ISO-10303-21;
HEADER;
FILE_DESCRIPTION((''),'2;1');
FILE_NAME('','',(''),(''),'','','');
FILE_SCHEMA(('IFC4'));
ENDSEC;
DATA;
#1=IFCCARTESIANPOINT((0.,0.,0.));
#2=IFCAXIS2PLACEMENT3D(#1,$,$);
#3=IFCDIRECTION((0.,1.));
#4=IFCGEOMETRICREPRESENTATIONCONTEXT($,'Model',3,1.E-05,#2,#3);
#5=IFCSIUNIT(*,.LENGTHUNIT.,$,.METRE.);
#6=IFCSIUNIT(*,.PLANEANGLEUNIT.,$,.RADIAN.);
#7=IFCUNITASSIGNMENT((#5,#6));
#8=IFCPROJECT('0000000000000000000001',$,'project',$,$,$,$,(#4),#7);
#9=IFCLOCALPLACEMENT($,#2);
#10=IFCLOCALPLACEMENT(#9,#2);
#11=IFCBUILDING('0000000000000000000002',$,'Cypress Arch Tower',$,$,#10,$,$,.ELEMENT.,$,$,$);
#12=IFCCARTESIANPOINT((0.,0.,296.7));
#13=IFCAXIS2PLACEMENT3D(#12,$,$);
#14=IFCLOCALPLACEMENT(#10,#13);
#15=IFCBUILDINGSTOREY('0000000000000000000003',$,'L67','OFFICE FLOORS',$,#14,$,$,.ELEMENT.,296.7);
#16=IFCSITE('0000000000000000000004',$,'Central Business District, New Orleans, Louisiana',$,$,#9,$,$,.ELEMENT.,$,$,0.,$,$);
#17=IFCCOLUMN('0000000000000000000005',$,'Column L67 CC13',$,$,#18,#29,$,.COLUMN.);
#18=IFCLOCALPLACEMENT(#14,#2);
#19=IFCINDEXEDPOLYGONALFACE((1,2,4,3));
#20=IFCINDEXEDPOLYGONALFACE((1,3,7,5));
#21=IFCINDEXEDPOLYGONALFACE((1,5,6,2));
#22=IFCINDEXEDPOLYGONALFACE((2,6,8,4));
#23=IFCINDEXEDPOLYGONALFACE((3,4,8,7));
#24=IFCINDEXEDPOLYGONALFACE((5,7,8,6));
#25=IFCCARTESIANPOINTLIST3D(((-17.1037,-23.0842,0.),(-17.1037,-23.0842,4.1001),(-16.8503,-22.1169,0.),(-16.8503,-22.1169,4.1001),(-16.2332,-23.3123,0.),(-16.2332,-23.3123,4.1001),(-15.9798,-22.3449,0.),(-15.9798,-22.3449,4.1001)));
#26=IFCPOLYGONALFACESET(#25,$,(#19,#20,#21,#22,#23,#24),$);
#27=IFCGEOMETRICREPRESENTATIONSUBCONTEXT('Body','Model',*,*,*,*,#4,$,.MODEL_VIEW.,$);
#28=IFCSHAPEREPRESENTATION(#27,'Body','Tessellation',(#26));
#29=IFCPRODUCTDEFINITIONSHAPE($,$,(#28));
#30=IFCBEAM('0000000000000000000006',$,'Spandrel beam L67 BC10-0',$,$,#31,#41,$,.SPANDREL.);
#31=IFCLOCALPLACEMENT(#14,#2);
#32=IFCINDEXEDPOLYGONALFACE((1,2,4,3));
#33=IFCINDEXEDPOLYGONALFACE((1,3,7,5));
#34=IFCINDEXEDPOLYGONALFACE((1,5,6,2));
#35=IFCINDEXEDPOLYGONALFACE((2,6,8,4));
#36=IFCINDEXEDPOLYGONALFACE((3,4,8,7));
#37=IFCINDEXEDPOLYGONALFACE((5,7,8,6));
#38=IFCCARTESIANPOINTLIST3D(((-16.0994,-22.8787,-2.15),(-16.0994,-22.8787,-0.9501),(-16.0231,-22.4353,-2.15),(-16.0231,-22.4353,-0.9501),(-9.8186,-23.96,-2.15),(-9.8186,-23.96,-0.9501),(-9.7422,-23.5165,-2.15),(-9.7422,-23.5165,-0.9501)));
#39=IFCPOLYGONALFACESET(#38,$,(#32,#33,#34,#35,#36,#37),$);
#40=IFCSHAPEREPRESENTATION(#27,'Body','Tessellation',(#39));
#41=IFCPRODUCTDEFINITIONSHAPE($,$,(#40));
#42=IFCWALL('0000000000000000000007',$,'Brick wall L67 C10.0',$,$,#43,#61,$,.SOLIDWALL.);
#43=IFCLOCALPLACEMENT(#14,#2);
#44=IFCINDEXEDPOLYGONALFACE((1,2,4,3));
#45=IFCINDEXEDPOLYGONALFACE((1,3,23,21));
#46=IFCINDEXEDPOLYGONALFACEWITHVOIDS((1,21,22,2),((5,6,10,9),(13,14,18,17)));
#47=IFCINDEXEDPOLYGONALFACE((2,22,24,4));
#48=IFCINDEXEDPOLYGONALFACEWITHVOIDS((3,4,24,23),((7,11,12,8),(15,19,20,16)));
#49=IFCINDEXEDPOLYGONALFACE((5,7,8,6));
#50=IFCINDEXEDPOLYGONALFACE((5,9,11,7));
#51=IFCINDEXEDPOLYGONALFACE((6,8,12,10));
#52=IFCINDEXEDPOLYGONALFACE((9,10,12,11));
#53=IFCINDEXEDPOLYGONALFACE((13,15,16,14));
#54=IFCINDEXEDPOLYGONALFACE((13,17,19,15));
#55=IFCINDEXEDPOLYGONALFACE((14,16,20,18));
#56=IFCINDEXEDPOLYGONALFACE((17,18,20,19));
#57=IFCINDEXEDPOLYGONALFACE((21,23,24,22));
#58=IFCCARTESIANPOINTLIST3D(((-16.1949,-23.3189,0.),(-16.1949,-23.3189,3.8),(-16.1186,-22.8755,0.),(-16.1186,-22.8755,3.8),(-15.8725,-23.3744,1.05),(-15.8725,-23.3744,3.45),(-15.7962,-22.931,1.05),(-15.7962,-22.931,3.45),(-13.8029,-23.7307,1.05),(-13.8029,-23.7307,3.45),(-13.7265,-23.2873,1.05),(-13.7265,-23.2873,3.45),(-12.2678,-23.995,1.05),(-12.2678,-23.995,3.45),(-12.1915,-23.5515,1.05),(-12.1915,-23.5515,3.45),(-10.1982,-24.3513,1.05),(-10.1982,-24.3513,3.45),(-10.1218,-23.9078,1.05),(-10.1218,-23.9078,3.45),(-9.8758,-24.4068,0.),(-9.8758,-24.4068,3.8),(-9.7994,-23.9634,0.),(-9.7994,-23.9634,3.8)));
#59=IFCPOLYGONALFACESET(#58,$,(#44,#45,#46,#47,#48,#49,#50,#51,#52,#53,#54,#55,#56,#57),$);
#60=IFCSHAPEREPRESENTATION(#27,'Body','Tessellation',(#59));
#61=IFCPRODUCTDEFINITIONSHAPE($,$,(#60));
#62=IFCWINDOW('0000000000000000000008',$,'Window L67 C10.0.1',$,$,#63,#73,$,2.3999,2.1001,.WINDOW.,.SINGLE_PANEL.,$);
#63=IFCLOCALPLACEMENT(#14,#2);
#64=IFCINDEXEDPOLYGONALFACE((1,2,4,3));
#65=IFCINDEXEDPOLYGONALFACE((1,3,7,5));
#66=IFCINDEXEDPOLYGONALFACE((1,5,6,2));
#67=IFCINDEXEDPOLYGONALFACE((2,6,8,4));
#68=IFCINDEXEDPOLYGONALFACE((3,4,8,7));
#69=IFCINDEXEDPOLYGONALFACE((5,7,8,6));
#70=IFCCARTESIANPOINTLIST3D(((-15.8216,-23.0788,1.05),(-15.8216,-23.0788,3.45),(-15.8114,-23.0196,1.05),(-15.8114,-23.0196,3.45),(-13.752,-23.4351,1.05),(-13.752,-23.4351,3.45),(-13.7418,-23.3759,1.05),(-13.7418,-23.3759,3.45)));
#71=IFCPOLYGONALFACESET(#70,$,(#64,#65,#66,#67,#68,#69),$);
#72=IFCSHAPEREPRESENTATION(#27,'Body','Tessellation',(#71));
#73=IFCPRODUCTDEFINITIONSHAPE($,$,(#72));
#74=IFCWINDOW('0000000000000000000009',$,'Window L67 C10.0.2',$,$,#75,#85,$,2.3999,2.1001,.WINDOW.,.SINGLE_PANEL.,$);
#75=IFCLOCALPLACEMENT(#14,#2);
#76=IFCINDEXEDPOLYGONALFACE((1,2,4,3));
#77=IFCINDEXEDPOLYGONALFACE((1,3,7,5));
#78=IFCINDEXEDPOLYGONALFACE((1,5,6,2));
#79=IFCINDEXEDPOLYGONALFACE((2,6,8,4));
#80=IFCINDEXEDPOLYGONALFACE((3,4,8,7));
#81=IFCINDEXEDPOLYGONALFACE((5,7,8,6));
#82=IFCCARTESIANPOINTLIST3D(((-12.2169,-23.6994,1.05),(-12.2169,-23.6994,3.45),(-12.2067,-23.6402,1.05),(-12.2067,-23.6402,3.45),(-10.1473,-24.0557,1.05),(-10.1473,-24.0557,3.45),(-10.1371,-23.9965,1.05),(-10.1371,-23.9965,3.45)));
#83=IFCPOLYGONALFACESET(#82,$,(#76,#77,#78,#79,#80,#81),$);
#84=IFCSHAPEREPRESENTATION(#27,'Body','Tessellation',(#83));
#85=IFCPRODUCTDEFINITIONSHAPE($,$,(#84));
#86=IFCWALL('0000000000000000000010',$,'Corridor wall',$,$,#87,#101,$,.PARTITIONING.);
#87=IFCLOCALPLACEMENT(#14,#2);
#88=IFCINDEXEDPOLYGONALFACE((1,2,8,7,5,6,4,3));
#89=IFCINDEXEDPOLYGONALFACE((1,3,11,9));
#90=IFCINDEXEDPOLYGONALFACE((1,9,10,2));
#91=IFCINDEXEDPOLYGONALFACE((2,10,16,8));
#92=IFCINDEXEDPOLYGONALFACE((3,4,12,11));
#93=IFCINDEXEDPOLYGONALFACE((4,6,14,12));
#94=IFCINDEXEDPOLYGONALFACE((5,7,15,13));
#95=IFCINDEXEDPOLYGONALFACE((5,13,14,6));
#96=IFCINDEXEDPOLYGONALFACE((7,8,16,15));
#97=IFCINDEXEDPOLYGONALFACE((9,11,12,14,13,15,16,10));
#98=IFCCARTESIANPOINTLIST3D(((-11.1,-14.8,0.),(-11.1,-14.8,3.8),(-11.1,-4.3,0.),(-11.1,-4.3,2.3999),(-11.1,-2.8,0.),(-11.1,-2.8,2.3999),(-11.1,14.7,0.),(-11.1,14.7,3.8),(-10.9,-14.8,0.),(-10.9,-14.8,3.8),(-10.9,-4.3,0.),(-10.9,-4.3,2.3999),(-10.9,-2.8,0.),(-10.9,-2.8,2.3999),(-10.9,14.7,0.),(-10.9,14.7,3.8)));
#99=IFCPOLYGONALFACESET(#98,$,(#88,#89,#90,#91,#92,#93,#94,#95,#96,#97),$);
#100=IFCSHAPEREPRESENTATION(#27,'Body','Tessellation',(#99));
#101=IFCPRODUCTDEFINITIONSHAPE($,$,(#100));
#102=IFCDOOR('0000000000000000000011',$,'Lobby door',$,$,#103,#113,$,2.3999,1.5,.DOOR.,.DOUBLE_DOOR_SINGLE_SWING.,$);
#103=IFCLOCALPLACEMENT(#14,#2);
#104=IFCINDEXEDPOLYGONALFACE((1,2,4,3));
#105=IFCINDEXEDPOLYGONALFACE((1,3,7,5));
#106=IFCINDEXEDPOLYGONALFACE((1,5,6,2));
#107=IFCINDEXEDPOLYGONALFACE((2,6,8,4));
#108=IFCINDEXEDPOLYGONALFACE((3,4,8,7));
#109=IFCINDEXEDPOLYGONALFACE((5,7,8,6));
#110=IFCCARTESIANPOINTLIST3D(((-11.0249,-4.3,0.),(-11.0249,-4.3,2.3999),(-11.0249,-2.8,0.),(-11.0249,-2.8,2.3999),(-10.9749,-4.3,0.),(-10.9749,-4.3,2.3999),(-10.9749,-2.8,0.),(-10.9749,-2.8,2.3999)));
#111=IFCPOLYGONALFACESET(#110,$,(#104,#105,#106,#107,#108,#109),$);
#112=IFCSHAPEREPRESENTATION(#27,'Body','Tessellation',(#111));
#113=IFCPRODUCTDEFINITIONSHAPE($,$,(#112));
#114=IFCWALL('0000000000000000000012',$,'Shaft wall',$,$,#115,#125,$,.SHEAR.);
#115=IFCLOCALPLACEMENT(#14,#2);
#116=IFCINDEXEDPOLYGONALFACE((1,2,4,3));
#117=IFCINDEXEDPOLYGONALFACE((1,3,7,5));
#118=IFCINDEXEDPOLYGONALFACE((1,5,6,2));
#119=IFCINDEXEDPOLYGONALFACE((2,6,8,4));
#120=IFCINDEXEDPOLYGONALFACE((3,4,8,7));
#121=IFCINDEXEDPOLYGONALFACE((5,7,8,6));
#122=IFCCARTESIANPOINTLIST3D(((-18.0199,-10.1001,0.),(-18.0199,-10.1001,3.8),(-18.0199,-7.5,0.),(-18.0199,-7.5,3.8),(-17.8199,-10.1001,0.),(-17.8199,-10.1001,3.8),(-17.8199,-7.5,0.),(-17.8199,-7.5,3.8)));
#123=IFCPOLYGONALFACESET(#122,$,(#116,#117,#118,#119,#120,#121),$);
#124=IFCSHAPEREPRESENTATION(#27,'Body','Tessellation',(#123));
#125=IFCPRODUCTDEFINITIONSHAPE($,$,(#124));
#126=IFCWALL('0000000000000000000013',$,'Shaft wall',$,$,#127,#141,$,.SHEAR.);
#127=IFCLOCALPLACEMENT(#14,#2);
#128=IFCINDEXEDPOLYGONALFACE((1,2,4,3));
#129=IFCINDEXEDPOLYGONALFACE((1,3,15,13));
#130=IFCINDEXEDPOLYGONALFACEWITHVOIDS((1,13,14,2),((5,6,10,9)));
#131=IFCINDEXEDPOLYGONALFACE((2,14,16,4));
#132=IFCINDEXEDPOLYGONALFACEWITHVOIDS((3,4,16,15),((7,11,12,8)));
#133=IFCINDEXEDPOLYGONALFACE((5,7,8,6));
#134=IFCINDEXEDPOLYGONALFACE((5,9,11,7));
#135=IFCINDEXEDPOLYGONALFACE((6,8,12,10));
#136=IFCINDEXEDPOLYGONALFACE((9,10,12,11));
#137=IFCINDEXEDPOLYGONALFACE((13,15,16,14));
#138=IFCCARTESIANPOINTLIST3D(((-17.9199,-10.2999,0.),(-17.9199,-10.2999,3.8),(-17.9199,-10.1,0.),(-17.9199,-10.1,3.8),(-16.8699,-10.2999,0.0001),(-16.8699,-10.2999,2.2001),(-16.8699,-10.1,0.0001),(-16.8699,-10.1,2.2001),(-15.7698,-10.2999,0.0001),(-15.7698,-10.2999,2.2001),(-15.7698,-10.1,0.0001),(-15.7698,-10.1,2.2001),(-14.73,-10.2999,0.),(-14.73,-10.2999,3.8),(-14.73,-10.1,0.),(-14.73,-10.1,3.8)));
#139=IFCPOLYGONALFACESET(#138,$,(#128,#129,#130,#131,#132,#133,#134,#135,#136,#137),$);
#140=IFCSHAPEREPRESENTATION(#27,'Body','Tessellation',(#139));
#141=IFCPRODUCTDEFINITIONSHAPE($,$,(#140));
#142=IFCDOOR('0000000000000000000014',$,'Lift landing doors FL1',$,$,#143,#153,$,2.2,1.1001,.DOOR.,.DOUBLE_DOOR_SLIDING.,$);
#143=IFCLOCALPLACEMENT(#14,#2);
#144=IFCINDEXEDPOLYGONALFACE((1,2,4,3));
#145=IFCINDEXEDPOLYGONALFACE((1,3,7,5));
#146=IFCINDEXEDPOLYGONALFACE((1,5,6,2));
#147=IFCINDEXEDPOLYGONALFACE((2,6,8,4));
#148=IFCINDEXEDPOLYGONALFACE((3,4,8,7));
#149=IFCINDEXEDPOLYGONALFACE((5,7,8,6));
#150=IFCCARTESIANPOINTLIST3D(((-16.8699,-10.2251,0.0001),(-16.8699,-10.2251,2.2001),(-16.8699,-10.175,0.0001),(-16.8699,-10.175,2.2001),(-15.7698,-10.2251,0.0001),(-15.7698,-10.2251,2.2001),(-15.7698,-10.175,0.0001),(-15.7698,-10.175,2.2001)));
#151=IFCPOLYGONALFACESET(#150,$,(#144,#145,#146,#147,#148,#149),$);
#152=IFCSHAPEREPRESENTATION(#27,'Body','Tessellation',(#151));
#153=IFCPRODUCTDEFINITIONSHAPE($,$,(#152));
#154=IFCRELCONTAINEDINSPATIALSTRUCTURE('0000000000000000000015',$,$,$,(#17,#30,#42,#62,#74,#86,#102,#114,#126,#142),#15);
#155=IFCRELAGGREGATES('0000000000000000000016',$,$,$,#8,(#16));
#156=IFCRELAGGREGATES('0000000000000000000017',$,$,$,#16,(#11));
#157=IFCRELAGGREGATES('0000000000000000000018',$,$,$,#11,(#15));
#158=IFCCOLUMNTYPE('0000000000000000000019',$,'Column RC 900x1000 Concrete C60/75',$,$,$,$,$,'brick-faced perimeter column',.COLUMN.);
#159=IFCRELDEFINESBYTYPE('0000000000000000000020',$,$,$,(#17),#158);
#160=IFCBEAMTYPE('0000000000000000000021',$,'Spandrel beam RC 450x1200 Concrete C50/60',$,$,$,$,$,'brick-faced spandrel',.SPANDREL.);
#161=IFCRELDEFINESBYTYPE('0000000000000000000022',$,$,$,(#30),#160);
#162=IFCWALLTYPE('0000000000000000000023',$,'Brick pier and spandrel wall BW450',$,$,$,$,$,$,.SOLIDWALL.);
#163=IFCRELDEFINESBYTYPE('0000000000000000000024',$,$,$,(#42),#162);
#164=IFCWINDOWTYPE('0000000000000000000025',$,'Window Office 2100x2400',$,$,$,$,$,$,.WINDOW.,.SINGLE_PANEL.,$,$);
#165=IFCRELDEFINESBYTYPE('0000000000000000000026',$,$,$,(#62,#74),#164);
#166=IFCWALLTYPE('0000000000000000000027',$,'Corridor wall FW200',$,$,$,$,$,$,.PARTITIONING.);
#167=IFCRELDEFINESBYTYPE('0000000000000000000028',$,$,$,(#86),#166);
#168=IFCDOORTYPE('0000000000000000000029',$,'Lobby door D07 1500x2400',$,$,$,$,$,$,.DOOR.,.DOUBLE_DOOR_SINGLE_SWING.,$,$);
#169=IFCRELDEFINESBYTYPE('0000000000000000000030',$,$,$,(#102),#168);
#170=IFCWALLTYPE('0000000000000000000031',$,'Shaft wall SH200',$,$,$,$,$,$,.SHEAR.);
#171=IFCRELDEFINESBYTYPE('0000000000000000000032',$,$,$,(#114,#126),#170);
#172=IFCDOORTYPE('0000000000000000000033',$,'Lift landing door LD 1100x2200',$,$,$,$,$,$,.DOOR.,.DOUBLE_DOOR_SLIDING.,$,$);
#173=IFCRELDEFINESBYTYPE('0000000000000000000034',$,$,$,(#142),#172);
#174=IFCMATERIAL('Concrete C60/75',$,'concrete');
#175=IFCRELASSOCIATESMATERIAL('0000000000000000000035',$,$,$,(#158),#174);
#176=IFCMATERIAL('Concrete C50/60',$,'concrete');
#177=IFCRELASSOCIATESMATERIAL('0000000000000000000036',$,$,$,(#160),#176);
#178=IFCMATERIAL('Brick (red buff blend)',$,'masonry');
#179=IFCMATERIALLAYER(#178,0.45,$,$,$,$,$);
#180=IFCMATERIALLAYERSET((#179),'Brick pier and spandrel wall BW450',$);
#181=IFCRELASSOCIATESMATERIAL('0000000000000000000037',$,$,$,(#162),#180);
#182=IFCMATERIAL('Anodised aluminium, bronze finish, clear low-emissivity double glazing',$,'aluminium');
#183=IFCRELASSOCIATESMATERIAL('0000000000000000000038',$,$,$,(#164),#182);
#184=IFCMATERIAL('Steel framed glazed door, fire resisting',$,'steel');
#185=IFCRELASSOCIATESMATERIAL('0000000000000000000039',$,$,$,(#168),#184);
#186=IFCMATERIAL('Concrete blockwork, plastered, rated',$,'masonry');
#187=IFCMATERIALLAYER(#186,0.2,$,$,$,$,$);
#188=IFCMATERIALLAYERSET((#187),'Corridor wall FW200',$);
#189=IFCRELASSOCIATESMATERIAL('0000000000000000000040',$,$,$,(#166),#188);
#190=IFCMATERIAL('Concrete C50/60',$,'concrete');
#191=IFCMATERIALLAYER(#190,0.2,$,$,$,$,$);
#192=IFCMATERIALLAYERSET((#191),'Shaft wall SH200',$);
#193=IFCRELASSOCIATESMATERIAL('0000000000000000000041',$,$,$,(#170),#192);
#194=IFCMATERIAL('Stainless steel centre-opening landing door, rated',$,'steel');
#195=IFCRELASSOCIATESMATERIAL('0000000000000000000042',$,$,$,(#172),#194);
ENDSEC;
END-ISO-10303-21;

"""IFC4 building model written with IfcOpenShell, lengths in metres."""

from ifc_helpers import new_model, si_unit, direction, frame, frame_2d, origin, origin_2d, place, context, subcontext, project, spatial, rectangle, extrude, material, layer, layer_set, material_profile, profile_set, type_object, element, fill, save


model = new_model("IFC4")

# Units and contexts
model_context = context("Model", 3, precision=1e-05, world=origin(), true_north=direction((0.0, 1.0)))
body_context = subcontext(model_context, "Body", "Model", "MODEL_VIEW")
ifc_project = project(units=[si_unit("LENGTHUNIT", "METRE"), si_unit("PLANEANGLEUNIT", "RADIAN")], contexts=[model_context])

# Site, building, storey
site_placement = place(None, origin())
site = spatial("IfcSite", under=ifc_project, at=site_placement, Name="Central Business District, New Orleans, Louisiana", CompositionType="ELEMENT", RefElevation=0.0)
building_placement = place(site_placement, origin())
building = spatial("IfcBuilding", under=site, at=building_placement, Name="Cypress Arch Tower", CompositionType="ELEMENT")
storey_placement = place(building_placement, frame((0.0, 0.0, 296.7)))
storey = spatial("IfcBuildingStorey", under=building, at=storey_placement, Name="L67", Description="OFFICE FLOORS", CompositionType="ELEMENT", Elevation=296.7)

# Column
ifc_material_1 = material(Name="Concrete C60/75", Category="concrete")
ifc_material_profile_1 = material_profile(ifc_material_1, rectangle(XDim=0.8999, YDim=1.0, at=origin_2d()), Name="RC 900x1000")
ifc_profile_set_1 = profile_set([ifc_material_profile_1], Name="Concrete C60/75")
column_type = type_object("IfcColumnType", Name="Column RC 900x1000 Concrete C60/75", ElementType="brick-faced perimeter column", PredefinedType="COLUMN", material=ifc_profile_set_1)
column_placement = place(storey_placement, frame((-16.5417, -22.7146, 0.0), z_axis=(0.0, 0.0, 1.0), x_axis=(0.967356, -0.253422, 0.0)))
element("IfcColumn", 1, at=column_placement, inside=storey, type_object=column_type, Name="Column L67 CC13", PredefinedType="COLUMN", context=body_context, shape_type="SweptSolid", body=[
    extrude(rectangle(XDim=0.8999, YDim=1.0, at=origin_2d()), origin(), (0.0, 0.0, 1.0), 4.1001),
])

# Beam
ifc_material_2 = material(Name="Concrete C50/60", Category="concrete")
ifc_material_profile_2 = material_profile(ifc_material_2, rectangle(XDim=0.45, YDim=1.2, at=origin_2d()), Name="RC 450x1200")
ifc_profile_set_2 = profile_set([ifc_material_profile_2], Name="Concrete C50/60")
beam_type = type_object("IfcBeamType", Name="Spandrel beam RC 450x1200 Concrete C50/60", ElementType="brick-faced spandrel", PredefinedType="SPANDREL", material=ifc_profile_set_2)
beam_placement = place(storey_placement, frame((-16.0613, -22.657, -1.55), z_axis=(0.985503, -0.169658, 0.0), x_axis=(0.169658, 0.985503, 0.0)))
element("IfcBeam", 2, at=beam_placement, inside=storey, type_object=beam_type, Name="Spandrel beam L67 BC10-0", PredefinedType="SPANDREL", context=body_context, shape_type="SweptSolid", body=[
    extrude(rectangle(XDim=0.45, YDim=1.2, at=origin_2d()), origin(), (0.0, 0.0, 1.0), 6.3733),
])

# Wall, openings, windows
ifc_material_3 = material(Name="Brick (red buff blend)", Category="masonry")
ifc_layer_1 = layer(ifc_material_3, 0.45)
ifc_layer_set_1 = layer_set([ifc_layer_1], Name="Brick pier and spandrel wall BW450")
wall_type_1 = type_object("IfcWallType", Name="Brick pier and spandrel wall BW450", PredefinedType="SOLIDWALL", material=ifc_layer_set_1)
wall_1_placement = place(storey_placement, frame((-16.1567, -23.0972, 0.0), z_axis=(0.0, 0.0, 1.0), x_axis=(0.985502, -0.169663, 0.0)))
wall_1 = element("IfcWall", 3, at=wall_1_placement, inside=storey, type_object=wall_type_1, Name="Brick wall L67 C10.0", PredefinedType="SOLIDWALL", context=body_context, shape_type="SweptSolid", body=[
    extrude(rectangle(XDim=6.4121, YDim=0.45, at=frame_2d((3.2061, 0.0))), origin(), (0.0, 0.0, 1.0), 3.8),
])
opening_1_placement = place(wall_1_placement, frame((0.3271, 0.0, 1.05)))
opening_1 = element("IfcOpeningElement", 4, at=opening_1_placement, cuts=wall_1, PredefinedType="OPENING", context=body_context, shape_type="SweptSolid", body=[
    extrude(rectangle(XDim=2.1001, YDim=2.3999, at=frame_2d((1.05, 1.2))), frame((0.0, 0.2349, 0.0), z_axis=(0.0, -1.0, 0.0), x_axis=(1.0, 0.0, 0.0)), (0.0, 0.0, 1.0), 0.47),
])
opening_2_placement = place(wall_1_placement, frame((3.9849, 0.0, 1.05)))
opening_2 = element("IfcOpeningElement", 5, at=opening_2_placement, cuts=wall_1, PredefinedType="OPENING", context=body_context, shape_type="SweptSolid", body=[
    extrude(rectangle(XDim=2.1001, YDim=2.3999, at=frame_2d((1.05, 1.2))), frame((0.0, 0.2349, 0.0), z_axis=(0.0, -1.0, 0.0), x_axis=(1.0, 0.0, 0.0)), (0.0, 0.0, 1.0), 0.47),
])
ifc_material_4 = material(Name="Anodised aluminium, bronze finish, clear low-emissivity double glazing", Category="aluminium")
window_type = type_object("IfcWindowType", Name="Window Office 2100x2400", PartitioningType="SINGLE_PANEL", PredefinedType="WINDOW", material=ifc_material_4)
window_1_placement = place(opening_1_placement, origin())
window_1 = element("IfcWindow", 6, at=window_1_placement, inside=storey, type_object=window_type, Name="Window L67 C10.0.1", OverallHeight=2.3999, OverallWidth=2.1001, PartitioningType="SINGLE_PANEL", PredefinedType="WINDOW", context=body_context, shape_type="SweptSolid", body=[
    extrude(rectangle(XDim=2.1001, YDim=2.3999, at=frame_2d((1.05, 1.2))), frame((0.0, 0.135, 0.0), z_axis=(0.0, -1.0, 0.0), x_axis=(1.0, 0.0, 0.0)), (0.0, 0.0, 1.0), 0.0601),
])
fill(opening_1, window_1)
window_2_placement = place(opening_2_placement, origin())
window_2 = element("IfcWindow", 7, at=window_2_placement, inside=storey, type_object=window_type, Name="Window L67 C10.0.2", OverallHeight=2.3999, OverallWidth=2.1001, PartitioningType="SINGLE_PANEL", PredefinedType="WINDOW", context=body_context, shape_type="SweptSolid", body=[
    extrude(rectangle(XDim=2.1001, YDim=2.3999, at=frame_2d((1.05, 1.2))), frame((0.0, 0.135, 0.0), z_axis=(0.0, -1.0, 0.0), x_axis=(1.0, 0.0, 0.0)), (0.0, 0.0, 1.0), 0.0601),
])
fill(opening_2, window_2)

# Shared definitions
ifc_material_5 = material(Name="Steel framed glazed door, fire resisting", Category="steel")
door_type_1 = type_object("IfcDoorType", Name="Lobby door D07 1500x2400", OperationType="DOUBLE_DOOR_SINGLE_SWING", PredefinedType="DOOR", material=ifc_material_5)

# Shared definitions
ifc_material_6 = material(Name="Concrete blockwork, plastered, rated", Category="masonry")
ifc_layer_2 = layer(ifc_material_6, 0.2)
ifc_layer_set_2 = layer_set([ifc_layer_2], Name="Corridor wall FW200")
wall_type_2 = type_object("IfcWallType", Name="Corridor wall FW200", PredefinedType="PARTITIONING", material=ifc_layer_set_2)

# Wall, opening, door
wall_2_placement = place(storey_placement, frame((-11.0, -14.8, 0.0), z_axis=(0.0, 0.0, 1.0), x_axis=(0.0, 1.0, 0.0)))
wall_2 = element("IfcWall", 8, at=wall_2_placement, inside=storey, type_object=wall_type_2, Name="Corridor wall", PredefinedType="PARTITIONING", context=body_context, shape_type="SweptSolid", body=[
    extrude(rectangle(XDim=29.5, YDim=0.2, at=frame_2d((14.75, 0.0))), origin(), (0.0, 0.0, 1.0), 3.8),
])
opening_3_placement = place(wall_2_placement, frame((10.5, 0.0, 0.0)))
opening_3 = element("IfcOpeningElement", 9, at=opening_3_placement, cuts=wall_2, PredefinedType="OPENING", context=body_context, shape_type="SweptSolid", body=[
    extrude(rectangle(XDim=1.5, YDim=2.3999, at=frame_2d((0.75, 1.2))), frame((0.0, 0.1099, 0.0), z_axis=(0.0, -1.0, 0.0), x_axis=(1.0, 0.0, 0.0)), (0.0, 0.0, 1.0), 0.22),
])
door_1_placement = place(opening_3_placement, origin())
door_1 = element("IfcDoor", 10, at=door_1_placement, inside=storey, type_object=door_type_1, Name="Lobby door", OperationType="DOUBLE_DOOR_SINGLE_SWING", OverallHeight=2.3999, OverallWidth=1.5, PredefinedType="DOOR", context=body_context, shape_type="SweptSolid", body=[
    extrude(rectangle(XDim=1.5, YDim=2.3999, at=frame_2d((0.75, 1.2))), frame((0.0, 0.0249, 0.0), z_axis=(0.0, -1.0, 0.0), x_axis=(1.0, 0.0, 0.0)), (0.0, 0.0, 1.0), 0.05),
])
fill(opening_3, door_1)

# Wall
ifc_material_7 = material(Name="Concrete C50/60", Category="concrete")
ifc_layer_3 = layer(ifc_material_7, 0.2)
ifc_layer_set_3 = layer_set([ifc_layer_3], Name="Shaft wall SH200")
wall_type_3 = type_object("IfcWallType", Name="Shaft wall SH200", PredefinedType="SHEAR", material=ifc_layer_set_3)
wall_3_placement = place(storey_placement, frame((-17.9199, -10.1001, 0.0), z_axis=(0.0, 0.0, 1.0), x_axis=(0.0, 1.0, 0.0)))
element("IfcWall", 11, at=wall_3_placement, inside=storey, type_object=wall_type_3, Name="Shaft wall", PredefinedType="SHEAR", context=body_context, shape_type="SweptSolid", body=[
    extrude(rectangle(XDim=2.6001, YDim=0.2, at=frame_2d((1.3, 0.0))), origin(), (0.0, 0.0, 1.0), 3.8),
])

# Wall, opening, door
wall_4_placement = place(storey_placement, frame((-17.9199, -10.2, 0.0), z_axis=(0.0, 0.0, 1.0), x_axis=(1.0, 0.0, 0.0)))
wall_4 = element("IfcWall", 12, at=wall_4_placement, inside=storey, type_object=wall_type_3, Name="Shaft wall", PredefinedType="SHEAR", context=body_context, shape_type="SweptSolid", body=[
    extrude(rectangle(XDim=3.1899, YDim=0.2, at=frame_2d((1.595, 0.0))), origin(), (0.0, 0.0, 1.0), 3.8),
])
opening_4_placement = place(wall_4_placement, frame((1.05, 0.0, 0.0)))
opening_4 = element("IfcOpeningElement", 13, at=opening_4_placement, cuts=wall_4, PredefinedType="OPENING", context=body_context, shape_type="SweptSolid", body=[
    extrude(rectangle(XDim=1.1001, YDim=2.2, at=frame_2d((0.55, 1.1001))), frame((0.0, 0.1099, 0.0), z_axis=(0.0, -1.0, 0.0), x_axis=(1.0, 0.0, 0.0)), (0.0, 0.0, 1.0), 0.22),
])
ifc_material_8 = material(Name="Stainless steel centre-opening landing door, rated", Category="steel")
door_type_2 = type_object("IfcDoorType", Name="Lift landing door LD 1100x2200", OperationType="DOUBLE_DOOR_SLIDING", PredefinedType="DOOR", material=ifc_material_8)
door_2_placement = place(opening_4_placement, origin())
door_2 = element("IfcDoor", 14, at=door_2_placement, inside=storey, type_object=door_type_2, Name="Lift landing doors FL1", OperationType="DOUBLE_DOOR_SLIDING", OverallHeight=2.2, OverallWidth=1.1001, PredefinedType="DOOR", context=body_context, shape_type="SweptSolid", body=[
    extrude(rectangle(XDim=1.1001, YDim=2.2, at=frame_2d((0.55, 1.1001))), frame((0.0, 0.0249, 0.0), z_axis=(0.0, -1.0, 0.0), x_axis=(1.0, 0.0, 0.0)), (0.0, 0.0, 1.0), 0.05),
])
fill(opening_4, door_2)

save(model, "model.ifc")
